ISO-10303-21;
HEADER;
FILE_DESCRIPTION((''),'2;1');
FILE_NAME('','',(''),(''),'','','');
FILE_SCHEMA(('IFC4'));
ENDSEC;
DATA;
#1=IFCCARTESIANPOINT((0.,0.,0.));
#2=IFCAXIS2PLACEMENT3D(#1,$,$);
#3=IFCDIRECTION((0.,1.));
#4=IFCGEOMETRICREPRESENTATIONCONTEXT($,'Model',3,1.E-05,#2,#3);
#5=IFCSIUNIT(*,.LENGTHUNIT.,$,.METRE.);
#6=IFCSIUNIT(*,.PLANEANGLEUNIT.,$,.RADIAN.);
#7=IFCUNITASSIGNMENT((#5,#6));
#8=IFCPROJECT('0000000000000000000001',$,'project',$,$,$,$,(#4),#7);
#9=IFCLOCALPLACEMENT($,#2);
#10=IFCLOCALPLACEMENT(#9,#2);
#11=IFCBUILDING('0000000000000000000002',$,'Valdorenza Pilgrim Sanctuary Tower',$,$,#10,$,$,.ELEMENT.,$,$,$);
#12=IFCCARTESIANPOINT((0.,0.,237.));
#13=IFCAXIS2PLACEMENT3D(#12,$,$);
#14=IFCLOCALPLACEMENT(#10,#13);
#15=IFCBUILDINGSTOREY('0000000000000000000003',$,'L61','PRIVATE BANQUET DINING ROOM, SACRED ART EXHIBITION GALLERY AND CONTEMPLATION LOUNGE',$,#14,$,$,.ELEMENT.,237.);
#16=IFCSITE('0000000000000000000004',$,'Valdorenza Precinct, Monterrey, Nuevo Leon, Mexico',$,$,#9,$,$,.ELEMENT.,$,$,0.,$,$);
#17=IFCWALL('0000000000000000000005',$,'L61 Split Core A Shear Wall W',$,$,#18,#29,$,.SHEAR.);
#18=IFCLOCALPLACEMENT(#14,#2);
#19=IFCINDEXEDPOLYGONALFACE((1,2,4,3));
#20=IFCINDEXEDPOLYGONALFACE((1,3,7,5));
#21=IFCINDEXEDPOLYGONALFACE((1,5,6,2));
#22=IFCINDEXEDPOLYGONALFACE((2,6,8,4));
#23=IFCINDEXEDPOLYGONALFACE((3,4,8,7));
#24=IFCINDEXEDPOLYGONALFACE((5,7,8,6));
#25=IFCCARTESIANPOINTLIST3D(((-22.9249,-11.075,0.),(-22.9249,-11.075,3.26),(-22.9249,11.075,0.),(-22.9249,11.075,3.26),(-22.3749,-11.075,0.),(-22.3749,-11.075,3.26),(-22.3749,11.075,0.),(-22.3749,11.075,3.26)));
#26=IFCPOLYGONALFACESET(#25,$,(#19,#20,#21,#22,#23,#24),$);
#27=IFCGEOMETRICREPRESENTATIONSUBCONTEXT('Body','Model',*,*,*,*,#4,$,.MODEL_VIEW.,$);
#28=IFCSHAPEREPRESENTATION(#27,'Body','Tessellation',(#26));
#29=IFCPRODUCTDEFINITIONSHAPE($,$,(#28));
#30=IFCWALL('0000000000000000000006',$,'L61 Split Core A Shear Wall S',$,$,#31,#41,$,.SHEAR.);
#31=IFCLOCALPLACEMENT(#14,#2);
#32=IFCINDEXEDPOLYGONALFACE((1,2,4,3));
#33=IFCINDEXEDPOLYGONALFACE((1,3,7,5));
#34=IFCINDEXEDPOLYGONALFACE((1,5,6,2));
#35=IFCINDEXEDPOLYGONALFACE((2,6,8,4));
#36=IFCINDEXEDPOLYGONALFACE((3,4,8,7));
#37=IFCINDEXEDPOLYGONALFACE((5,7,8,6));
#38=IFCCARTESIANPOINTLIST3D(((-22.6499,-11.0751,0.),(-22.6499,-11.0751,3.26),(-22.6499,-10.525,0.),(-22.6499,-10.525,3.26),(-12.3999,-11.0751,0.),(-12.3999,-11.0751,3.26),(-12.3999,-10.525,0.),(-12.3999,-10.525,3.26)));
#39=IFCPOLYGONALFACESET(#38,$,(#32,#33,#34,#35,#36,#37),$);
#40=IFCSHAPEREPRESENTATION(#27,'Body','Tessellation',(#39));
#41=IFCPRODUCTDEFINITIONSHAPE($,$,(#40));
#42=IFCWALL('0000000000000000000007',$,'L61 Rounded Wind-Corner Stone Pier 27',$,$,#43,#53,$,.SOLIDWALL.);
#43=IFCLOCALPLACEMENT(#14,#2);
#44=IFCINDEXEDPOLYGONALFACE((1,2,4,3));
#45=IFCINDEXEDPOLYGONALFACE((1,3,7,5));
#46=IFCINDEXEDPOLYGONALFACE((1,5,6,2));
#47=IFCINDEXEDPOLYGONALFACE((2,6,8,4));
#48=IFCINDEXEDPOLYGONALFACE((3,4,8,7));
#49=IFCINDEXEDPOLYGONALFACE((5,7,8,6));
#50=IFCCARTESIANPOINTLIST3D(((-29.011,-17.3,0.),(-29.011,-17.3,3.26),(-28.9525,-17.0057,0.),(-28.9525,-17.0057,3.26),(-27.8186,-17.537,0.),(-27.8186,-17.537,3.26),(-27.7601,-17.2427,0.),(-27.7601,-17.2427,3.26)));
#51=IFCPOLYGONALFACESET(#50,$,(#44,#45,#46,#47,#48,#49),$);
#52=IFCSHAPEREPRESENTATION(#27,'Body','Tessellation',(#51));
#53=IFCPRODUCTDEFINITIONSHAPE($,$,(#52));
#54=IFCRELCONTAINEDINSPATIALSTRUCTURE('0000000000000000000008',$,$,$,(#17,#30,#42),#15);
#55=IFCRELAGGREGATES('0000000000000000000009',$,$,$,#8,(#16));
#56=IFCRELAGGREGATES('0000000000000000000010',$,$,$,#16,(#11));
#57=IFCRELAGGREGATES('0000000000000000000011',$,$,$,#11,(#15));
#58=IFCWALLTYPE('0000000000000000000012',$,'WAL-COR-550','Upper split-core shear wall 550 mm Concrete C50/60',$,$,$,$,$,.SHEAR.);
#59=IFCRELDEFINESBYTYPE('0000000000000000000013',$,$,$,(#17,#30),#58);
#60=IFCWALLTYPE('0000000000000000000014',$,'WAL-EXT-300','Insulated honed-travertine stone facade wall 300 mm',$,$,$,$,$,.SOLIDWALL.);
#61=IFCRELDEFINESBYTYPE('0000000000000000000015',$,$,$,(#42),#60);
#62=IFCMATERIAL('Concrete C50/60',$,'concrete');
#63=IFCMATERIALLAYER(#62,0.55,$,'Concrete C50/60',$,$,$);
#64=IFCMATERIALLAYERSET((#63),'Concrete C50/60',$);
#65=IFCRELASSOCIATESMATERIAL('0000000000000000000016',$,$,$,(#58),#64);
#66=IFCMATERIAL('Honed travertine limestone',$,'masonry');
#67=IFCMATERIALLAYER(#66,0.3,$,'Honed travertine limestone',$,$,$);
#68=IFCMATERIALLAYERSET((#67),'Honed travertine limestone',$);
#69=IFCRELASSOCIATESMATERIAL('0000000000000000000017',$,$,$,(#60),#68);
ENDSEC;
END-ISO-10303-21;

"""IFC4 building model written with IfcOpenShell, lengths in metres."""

from ifc_helpers import new_model, si_unit, direction, frame, frame_2d, origin, place, context, subcontext, project, spatial, rectangle, extrude, material, layer, layer_set, type_object, element, save


model = new_model("IFC4")

# Units and contexts
model_context = context("Model", 3, precision=1e-05, world=origin(), true_north=direction((0.0, 1.0)))
body_context = subcontext(model_context, "Body", "Model", "MODEL_VIEW")
ifc_project = project(units=[si_unit("LENGTHUNIT", "METRE"), si_unit("PLANEANGLEUNIT", "RADIAN")], contexts=[model_context])

# Site, building, storey
site_placement = place(None, origin())
site = spatial("IfcSite", under=ifc_project, at=site_placement, Name="Valdorenza Precinct, Monterrey, Nuevo Leon, Mexico", CompositionType="ELEMENT", RefElevation=0.0)
building_placement = place(site_placement, origin())
building = spatial("IfcBuilding", under=site, at=building_placement, Name="Valdorenza Pilgrim Sanctuary Tower", CompositionType="ELEMENT")
storey_placement = place(building_placement, frame((0.0, 0.0, 237.0)))
storey = spatial("IfcBuildingStorey", under=building, at=storey_placement, Name="L61", Description="PRIVATE BANQUET DINING ROOM, SACRED ART EXHIBITION GALLERY AND CONTEMPLATION LOUNGE", CompositionType="ELEMENT", Elevation=237.0)

# Shared definitions
ifc_material_1 = material(Name="Concrete C50/60", Category="concrete")

# Shared definitions
ifc_material_2 = material(Name="Honed travertine limestone", Category="masonry")

# Walls
ifc_layer_1 = layer(ifc_material_1, 0.55, Name="Concrete C50/60")
ifc_layer_set_1 = layer_set([ifc_layer_1], Name="Concrete C50/60")
wall_type_1 = type_object("IfcWallType", Name="WAL-COR-550", Description="Upper split-core shear wall 550 mm Concrete C50/60", PredefinedType="SHEAR", material=ifc_layer_set_1)
wall_1_placement = place(storey_placement, frame((-22.6499, -11.075, 0.0), z_axis=(0.0, 0.0, 1.0), x_axis=(0.0, 1.0, 0.0)))
element("IfcWall", 1, at=wall_1_placement, inside=storey, type_object=wall_type_1, Name="L61 Split Core A Shear Wall W", PredefinedType="SHEAR", context=body_context, shape_type="SweptSolid", body=[
    extrude(rectangle(XDim=22.1499, YDim=0.55, at=frame_2d((11.075, 0.0))), origin(), (0.0, 0.0, 1.0), 3.26),
])
wall_2_placement = place(storey_placement, frame((-22.6499, -10.8, 0.0), z_axis=(0.0, 0.0, 1.0), x_axis=(1.0, 0.0, 0.0)))
element("IfcWall", 2, at=wall_2_placement, inside=storey, type_object=wall_type_1, Name="L61 Split Core A Shear Wall S", PredefinedType="SHEAR", context=body_context, shape_type="SweptSolid", body=[
    extrude(rectangle(XDim=10.25, YDim=0.55, at=frame_2d((5.125, 0.0))), origin(), (0.0, 0.0, 1.0), 3.26),
])
ifc_layer_2 = layer(ifc_material_2, 0.3, Name="Honed travertine limestone")
ifc_layer_set_2 = layer_set([ifc_layer_2], Name="Honed travertine limestone")
wall_type_2 = type_object("IfcWallType", Name="WAL-EXT-300", Description="Insulated honed-travertine stone facade wall 300 mm", PredefinedType="SOLIDWALL", material=ifc_layer_set_2)
wall_3_placement = place(storey_placement, frame((-27.7893, -17.3899, 0.0), z_axis=(0.0, 0.0, 1.0), x_axis=(-0.980804, 0.194996, 0.0)))
element("IfcWall", 3, at=wall_3_placement, inside=storey, type_object=wall_type_2, Name="L61 Rounded Wind-Corner Stone Pier 27", PredefinedType="SOLIDWALL", context=body_context, shape_type="SweptSolid", body=[
    extrude(rectangle(XDim=1.2158, YDim=0.3, at=frame_2d((0.6079, 0.0))), origin(), (0.0, 0.0, 1.0), 3.26),
])

save(model, "model.ifc")
